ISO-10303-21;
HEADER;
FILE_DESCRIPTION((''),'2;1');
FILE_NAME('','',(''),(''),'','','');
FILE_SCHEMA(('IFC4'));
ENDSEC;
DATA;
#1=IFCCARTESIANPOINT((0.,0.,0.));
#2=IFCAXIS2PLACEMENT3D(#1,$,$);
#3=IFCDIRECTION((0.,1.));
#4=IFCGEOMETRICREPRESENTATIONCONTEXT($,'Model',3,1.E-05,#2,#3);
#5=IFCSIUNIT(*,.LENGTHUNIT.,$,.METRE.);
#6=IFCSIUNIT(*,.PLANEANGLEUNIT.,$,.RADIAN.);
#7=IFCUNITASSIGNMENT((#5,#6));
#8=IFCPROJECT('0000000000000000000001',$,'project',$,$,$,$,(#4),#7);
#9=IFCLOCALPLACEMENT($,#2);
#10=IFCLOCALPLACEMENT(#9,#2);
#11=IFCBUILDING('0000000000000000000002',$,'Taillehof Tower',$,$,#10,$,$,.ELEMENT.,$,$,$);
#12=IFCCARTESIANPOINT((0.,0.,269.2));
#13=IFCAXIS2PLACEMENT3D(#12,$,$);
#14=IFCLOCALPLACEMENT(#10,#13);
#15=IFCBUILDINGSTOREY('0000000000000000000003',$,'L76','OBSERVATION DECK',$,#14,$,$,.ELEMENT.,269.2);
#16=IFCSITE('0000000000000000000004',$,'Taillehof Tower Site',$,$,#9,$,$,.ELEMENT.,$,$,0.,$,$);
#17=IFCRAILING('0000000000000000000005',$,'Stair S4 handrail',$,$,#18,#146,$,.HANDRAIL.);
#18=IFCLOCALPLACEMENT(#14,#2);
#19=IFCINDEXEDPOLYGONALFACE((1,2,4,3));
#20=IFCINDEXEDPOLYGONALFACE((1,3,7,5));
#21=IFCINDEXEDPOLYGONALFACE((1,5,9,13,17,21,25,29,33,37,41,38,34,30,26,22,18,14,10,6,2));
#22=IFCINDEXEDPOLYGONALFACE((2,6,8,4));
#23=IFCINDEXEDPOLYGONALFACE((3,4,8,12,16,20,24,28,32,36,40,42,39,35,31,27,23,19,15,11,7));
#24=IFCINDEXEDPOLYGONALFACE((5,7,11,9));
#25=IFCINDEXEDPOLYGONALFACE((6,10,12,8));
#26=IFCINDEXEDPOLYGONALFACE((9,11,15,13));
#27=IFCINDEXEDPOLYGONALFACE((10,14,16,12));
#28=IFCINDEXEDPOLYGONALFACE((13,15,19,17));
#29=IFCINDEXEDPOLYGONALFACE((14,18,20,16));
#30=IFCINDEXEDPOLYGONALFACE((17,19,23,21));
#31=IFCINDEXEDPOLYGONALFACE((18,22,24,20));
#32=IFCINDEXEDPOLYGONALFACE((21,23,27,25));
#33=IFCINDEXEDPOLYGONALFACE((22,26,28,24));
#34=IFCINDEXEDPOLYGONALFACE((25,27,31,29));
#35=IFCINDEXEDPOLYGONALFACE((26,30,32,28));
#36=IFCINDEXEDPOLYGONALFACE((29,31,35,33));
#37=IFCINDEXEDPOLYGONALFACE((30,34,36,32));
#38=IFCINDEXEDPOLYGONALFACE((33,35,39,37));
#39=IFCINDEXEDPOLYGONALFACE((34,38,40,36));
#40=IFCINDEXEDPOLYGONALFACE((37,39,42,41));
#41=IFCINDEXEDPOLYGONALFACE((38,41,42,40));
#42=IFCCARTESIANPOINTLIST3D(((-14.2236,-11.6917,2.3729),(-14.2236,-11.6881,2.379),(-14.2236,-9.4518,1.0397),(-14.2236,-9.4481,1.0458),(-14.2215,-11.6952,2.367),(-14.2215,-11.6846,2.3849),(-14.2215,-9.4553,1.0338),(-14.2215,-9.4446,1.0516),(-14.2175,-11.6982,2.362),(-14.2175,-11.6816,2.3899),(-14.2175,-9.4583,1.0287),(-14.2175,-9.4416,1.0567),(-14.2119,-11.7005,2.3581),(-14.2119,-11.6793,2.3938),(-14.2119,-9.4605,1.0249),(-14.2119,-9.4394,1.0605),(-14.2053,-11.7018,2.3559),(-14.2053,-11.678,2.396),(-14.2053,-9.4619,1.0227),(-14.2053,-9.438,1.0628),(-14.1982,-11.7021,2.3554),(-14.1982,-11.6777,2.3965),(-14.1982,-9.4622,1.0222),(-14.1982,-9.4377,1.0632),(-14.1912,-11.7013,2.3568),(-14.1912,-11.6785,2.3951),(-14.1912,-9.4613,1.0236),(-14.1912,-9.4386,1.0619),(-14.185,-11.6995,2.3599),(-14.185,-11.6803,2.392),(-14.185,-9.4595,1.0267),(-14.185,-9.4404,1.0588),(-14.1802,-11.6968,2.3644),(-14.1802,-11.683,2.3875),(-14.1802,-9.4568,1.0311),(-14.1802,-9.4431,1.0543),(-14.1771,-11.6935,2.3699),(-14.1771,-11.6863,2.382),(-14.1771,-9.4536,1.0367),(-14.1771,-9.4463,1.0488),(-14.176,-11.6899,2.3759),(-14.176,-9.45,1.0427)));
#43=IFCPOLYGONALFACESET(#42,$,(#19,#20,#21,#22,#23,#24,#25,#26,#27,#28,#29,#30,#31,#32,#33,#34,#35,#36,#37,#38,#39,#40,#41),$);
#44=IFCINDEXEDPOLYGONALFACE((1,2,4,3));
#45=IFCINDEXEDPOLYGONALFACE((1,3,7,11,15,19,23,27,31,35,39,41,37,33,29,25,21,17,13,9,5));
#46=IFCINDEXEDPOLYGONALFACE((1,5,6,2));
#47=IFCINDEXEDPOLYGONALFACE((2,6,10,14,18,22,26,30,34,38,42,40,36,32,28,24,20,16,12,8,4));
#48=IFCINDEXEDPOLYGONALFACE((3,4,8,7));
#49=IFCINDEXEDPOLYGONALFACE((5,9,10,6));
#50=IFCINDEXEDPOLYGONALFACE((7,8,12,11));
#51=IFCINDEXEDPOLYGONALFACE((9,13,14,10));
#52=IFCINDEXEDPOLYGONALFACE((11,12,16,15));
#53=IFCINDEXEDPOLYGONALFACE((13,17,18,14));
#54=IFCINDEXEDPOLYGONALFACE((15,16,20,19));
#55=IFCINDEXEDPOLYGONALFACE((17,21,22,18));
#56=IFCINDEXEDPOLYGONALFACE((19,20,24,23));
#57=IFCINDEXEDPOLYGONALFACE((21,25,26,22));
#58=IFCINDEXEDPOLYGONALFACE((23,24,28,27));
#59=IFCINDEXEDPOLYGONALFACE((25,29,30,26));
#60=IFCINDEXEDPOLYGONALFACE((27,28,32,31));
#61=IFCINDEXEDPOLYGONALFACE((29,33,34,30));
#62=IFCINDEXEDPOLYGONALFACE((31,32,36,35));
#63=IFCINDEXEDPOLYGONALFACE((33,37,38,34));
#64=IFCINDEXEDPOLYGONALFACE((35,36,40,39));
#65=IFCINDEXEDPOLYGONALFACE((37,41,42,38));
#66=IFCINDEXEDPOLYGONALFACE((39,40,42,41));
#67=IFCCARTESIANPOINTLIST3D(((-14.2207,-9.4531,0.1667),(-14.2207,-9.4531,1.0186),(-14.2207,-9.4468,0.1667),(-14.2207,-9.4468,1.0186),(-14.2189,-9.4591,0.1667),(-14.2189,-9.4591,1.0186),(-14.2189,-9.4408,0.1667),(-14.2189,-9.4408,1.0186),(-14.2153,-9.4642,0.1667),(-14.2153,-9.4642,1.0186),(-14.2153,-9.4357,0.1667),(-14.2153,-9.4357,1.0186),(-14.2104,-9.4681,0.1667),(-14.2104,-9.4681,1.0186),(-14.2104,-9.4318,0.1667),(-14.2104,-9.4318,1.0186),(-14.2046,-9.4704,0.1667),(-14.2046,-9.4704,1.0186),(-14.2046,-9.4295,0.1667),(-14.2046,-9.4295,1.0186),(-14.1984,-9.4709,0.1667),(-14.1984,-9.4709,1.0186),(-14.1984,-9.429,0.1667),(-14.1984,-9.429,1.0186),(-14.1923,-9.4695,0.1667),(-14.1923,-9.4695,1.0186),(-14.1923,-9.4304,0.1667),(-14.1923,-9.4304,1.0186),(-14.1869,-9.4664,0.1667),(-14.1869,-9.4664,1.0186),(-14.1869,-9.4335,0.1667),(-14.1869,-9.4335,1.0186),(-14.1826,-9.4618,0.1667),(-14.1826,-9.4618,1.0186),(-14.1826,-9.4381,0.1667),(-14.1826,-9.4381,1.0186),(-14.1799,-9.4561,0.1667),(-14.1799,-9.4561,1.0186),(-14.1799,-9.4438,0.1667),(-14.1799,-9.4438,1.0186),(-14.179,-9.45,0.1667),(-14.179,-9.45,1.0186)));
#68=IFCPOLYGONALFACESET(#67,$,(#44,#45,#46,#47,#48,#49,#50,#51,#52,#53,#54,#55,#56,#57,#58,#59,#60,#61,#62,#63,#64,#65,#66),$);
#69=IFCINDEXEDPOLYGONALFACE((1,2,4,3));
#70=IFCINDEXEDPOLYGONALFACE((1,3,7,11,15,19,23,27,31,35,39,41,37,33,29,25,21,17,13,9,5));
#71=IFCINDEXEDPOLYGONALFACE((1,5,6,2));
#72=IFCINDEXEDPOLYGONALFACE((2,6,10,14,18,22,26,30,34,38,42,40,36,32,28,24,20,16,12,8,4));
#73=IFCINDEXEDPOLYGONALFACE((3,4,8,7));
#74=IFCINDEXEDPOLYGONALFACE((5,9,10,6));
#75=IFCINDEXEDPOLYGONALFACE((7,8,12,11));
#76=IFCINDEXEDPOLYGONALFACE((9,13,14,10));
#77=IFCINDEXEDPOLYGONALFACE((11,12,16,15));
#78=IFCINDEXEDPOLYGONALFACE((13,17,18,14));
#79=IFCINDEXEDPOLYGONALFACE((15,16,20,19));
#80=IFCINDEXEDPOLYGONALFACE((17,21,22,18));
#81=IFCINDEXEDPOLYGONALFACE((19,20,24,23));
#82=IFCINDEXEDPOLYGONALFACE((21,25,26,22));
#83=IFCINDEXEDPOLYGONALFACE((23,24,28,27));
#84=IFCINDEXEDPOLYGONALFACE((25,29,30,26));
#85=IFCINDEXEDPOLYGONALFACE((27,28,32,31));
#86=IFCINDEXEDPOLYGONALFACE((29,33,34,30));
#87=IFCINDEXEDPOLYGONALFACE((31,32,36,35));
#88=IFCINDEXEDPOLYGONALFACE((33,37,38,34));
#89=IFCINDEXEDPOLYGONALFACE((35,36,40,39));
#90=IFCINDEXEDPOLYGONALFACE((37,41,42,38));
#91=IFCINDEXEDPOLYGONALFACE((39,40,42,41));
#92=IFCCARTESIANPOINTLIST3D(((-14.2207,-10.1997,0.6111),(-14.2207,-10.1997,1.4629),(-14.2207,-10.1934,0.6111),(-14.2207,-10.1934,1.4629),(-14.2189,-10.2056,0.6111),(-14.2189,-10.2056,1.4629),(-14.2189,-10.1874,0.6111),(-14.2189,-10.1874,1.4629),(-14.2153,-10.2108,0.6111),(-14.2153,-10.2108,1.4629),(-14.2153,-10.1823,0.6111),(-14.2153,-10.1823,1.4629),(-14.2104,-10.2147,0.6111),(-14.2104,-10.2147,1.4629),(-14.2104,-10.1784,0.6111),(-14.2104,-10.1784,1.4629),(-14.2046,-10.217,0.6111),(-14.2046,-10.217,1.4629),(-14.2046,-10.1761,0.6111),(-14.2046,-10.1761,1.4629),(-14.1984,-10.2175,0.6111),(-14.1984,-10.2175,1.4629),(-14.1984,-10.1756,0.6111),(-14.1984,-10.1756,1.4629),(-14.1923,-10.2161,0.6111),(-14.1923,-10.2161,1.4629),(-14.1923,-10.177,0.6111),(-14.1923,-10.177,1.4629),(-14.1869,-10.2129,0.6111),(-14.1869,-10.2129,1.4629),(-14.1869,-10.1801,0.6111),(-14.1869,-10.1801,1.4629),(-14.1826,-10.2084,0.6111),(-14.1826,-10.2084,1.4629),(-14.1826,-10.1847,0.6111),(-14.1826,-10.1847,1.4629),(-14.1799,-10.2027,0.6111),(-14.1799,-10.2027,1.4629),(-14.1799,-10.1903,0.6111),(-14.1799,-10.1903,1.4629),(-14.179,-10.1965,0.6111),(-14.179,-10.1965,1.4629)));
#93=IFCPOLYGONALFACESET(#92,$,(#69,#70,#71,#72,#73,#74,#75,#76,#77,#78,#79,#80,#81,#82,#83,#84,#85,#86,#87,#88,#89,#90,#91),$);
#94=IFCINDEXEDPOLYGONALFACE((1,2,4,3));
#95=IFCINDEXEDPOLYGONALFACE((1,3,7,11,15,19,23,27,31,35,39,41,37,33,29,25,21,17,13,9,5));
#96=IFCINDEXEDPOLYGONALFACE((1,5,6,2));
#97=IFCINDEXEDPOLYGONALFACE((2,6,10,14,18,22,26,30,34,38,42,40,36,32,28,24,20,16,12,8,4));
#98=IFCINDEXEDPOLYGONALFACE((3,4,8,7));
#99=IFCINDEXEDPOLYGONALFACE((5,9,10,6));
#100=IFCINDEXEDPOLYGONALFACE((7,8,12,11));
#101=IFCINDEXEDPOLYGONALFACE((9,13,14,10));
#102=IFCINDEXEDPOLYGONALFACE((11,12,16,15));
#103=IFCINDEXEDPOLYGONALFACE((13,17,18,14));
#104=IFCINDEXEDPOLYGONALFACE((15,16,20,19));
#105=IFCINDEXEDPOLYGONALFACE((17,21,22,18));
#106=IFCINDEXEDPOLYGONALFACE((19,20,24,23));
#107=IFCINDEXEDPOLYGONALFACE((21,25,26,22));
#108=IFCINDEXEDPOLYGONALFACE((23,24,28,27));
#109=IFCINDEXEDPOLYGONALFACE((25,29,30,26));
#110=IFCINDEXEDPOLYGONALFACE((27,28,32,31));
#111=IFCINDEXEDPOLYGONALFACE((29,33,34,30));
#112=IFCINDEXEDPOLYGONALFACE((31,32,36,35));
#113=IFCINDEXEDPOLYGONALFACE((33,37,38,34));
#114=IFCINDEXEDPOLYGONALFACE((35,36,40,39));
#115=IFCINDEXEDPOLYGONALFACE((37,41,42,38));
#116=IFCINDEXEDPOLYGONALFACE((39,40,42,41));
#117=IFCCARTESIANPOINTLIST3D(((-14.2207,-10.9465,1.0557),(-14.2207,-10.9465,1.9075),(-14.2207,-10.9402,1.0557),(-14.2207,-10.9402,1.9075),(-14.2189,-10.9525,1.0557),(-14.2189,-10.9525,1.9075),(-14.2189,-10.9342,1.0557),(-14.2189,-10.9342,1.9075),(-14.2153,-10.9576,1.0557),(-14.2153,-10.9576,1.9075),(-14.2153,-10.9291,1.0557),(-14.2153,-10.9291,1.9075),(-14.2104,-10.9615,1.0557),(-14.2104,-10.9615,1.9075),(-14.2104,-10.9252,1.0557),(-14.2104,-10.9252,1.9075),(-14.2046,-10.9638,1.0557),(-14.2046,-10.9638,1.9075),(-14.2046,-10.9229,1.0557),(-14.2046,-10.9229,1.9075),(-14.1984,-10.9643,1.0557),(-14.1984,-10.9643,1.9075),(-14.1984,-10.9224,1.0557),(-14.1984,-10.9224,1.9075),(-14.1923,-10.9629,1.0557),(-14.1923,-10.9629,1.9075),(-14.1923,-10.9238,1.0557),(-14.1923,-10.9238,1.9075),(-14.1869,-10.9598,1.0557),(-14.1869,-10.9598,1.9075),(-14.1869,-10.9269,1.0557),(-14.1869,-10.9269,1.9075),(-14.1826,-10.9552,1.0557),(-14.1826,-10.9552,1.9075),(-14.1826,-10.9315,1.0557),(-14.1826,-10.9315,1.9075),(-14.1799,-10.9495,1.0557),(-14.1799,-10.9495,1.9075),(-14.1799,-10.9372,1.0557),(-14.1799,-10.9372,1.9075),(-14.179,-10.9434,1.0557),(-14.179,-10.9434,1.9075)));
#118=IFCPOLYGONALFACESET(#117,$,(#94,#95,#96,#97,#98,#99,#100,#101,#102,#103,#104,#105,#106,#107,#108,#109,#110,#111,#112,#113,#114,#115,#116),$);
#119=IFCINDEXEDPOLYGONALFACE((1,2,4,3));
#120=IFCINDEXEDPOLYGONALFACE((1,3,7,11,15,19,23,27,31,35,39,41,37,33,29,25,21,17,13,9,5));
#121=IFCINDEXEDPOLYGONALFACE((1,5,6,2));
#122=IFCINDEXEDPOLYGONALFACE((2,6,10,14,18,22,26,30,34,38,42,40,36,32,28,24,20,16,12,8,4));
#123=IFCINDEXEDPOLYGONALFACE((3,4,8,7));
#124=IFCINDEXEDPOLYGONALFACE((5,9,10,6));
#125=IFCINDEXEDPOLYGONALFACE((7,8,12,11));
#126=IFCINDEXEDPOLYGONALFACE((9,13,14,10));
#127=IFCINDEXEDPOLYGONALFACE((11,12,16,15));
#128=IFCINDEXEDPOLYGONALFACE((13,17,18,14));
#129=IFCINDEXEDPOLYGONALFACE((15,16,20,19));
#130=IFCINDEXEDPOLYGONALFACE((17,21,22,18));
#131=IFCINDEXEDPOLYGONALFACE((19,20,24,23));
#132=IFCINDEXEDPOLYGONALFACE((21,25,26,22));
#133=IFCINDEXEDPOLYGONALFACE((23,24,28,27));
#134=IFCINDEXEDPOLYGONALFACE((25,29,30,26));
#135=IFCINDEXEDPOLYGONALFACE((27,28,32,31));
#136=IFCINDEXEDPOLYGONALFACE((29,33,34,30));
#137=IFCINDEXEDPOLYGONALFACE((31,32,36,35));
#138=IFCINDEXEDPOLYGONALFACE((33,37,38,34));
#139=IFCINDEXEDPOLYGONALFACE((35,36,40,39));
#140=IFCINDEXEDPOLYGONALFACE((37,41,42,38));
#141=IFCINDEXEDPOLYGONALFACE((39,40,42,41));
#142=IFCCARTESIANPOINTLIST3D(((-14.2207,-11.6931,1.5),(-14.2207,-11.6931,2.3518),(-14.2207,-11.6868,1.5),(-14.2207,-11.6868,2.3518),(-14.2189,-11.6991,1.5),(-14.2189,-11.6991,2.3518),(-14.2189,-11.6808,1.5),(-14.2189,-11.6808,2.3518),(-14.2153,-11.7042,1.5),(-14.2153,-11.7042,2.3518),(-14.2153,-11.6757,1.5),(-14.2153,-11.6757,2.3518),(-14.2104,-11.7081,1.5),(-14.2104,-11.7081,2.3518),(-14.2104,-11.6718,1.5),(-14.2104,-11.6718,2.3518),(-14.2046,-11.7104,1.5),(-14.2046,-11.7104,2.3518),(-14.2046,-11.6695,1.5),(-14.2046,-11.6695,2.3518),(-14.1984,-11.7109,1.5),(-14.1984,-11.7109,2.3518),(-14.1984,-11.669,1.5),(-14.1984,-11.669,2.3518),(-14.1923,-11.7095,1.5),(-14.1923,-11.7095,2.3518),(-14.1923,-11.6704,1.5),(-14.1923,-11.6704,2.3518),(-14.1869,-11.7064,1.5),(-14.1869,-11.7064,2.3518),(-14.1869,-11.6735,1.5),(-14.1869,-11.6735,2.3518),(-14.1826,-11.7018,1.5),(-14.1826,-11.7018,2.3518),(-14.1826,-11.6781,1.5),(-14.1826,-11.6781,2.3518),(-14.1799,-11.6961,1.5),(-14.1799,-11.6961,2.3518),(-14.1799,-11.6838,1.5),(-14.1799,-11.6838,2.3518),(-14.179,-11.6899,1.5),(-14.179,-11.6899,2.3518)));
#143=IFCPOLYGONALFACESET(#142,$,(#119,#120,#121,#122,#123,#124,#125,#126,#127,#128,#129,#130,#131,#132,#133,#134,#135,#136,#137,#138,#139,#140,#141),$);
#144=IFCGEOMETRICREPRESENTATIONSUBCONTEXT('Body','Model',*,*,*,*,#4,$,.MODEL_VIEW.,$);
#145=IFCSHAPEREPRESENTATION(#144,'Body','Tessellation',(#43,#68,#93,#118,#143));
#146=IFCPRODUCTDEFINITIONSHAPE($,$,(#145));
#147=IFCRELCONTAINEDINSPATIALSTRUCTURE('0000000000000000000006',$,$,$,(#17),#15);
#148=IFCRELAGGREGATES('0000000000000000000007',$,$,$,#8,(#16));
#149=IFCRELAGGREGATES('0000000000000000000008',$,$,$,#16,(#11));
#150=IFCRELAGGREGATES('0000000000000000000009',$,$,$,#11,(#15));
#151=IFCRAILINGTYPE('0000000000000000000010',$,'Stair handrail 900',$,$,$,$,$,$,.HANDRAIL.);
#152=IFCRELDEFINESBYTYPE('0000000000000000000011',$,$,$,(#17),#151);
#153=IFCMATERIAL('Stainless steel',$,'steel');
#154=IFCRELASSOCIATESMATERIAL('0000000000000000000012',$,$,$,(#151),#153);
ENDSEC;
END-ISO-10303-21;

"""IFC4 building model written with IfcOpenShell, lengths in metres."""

from ifc_helpers import new_model, si_unit, direction, frame, origin, origin_2d, place, context, subcontext, project, spatial, circle, extrude, material, type_object, element, save


model = new_model("IFC4")

# Units and contexts
model_context = context("Model", 3, precision=1e-05, world=origin(), true_north=direction((0.0, 1.0)))
body_context = subcontext(model_context, "Body", "Model", "MODEL_VIEW")
ifc_project = project(units=[si_unit("LENGTHUNIT", "METRE"), si_unit("PLANEANGLEUNIT", "RADIAN")], contexts=[model_context])

# Site, building, storey
site_placement = place(None, origin())
site = spatial("IfcSite", under=ifc_project, at=site_placement, Name="Taillehof Tower Site", CompositionType="ELEMENT", RefElevation=0.0)
building_placement = place(site_placement, origin())
building = spatial("IfcBuilding", under=site, at=building_placement, Name="Taillehof Tower", CompositionType="ELEMENT")
storey_placement = place(building_placement, frame((0.0, 0.0, 269.2)))
storey = spatial("IfcBuildingStorey", under=building, at=storey_placement, Name="L76", Description="OBSERVATION DECK", CompositionType="ELEMENT", Elevation=269.2)

# Railing
ifc_material_1 = material(Name="Stainless steel", Category="steel")
railing_type_1 = type_object("IfcRailingType", Name="Stair handrail 900", PredefinedType="HANDRAIL", material=ifc_material_1)
railing_1_placement = place(storey_placement, frame((-14.2, -9.45, 0.1667)))
element("IfcRailing", 1, at=railing_1_placement, inside=storey, type_object=railing_type_1, Name="Stair S4 handrail", PredefinedType="HANDRAIL", context=body_context, shape_type="SweptSolid", body=[
    extrude(circle(Radius=0.0239, at=origin_2d()), frame((0.0, 0.0, 0.876), z_axis=(0.0, -0.859306, 0.511462), x_axis=(1.0, 0.0, 0.0)), (0.0, 0.0, 1.0), 2.6067),
    extrude(circle(Radius=0.021, at=origin_2d()), origin(), (0.0, 0.0, 1.0), 0.8518),
    extrude(circle(Radius=0.021, at=origin_2d()), frame((0.0, -0.7466, 0.4443)), (0.0, 0.0, 1.0), 0.8518),
    extrude(circle(Radius=0.021, at=origin_2d()), frame((0.0, -1.4934, 0.8889)), (0.0, 0.0, 1.0), 0.8518),
    extrude(circle(Radius=0.021, at=origin_2d()), frame((0.0, -2.24, 1.3333)), (0.0, 0.0, 1.0), 0.8518),
])

save(model, "model.ifc")
